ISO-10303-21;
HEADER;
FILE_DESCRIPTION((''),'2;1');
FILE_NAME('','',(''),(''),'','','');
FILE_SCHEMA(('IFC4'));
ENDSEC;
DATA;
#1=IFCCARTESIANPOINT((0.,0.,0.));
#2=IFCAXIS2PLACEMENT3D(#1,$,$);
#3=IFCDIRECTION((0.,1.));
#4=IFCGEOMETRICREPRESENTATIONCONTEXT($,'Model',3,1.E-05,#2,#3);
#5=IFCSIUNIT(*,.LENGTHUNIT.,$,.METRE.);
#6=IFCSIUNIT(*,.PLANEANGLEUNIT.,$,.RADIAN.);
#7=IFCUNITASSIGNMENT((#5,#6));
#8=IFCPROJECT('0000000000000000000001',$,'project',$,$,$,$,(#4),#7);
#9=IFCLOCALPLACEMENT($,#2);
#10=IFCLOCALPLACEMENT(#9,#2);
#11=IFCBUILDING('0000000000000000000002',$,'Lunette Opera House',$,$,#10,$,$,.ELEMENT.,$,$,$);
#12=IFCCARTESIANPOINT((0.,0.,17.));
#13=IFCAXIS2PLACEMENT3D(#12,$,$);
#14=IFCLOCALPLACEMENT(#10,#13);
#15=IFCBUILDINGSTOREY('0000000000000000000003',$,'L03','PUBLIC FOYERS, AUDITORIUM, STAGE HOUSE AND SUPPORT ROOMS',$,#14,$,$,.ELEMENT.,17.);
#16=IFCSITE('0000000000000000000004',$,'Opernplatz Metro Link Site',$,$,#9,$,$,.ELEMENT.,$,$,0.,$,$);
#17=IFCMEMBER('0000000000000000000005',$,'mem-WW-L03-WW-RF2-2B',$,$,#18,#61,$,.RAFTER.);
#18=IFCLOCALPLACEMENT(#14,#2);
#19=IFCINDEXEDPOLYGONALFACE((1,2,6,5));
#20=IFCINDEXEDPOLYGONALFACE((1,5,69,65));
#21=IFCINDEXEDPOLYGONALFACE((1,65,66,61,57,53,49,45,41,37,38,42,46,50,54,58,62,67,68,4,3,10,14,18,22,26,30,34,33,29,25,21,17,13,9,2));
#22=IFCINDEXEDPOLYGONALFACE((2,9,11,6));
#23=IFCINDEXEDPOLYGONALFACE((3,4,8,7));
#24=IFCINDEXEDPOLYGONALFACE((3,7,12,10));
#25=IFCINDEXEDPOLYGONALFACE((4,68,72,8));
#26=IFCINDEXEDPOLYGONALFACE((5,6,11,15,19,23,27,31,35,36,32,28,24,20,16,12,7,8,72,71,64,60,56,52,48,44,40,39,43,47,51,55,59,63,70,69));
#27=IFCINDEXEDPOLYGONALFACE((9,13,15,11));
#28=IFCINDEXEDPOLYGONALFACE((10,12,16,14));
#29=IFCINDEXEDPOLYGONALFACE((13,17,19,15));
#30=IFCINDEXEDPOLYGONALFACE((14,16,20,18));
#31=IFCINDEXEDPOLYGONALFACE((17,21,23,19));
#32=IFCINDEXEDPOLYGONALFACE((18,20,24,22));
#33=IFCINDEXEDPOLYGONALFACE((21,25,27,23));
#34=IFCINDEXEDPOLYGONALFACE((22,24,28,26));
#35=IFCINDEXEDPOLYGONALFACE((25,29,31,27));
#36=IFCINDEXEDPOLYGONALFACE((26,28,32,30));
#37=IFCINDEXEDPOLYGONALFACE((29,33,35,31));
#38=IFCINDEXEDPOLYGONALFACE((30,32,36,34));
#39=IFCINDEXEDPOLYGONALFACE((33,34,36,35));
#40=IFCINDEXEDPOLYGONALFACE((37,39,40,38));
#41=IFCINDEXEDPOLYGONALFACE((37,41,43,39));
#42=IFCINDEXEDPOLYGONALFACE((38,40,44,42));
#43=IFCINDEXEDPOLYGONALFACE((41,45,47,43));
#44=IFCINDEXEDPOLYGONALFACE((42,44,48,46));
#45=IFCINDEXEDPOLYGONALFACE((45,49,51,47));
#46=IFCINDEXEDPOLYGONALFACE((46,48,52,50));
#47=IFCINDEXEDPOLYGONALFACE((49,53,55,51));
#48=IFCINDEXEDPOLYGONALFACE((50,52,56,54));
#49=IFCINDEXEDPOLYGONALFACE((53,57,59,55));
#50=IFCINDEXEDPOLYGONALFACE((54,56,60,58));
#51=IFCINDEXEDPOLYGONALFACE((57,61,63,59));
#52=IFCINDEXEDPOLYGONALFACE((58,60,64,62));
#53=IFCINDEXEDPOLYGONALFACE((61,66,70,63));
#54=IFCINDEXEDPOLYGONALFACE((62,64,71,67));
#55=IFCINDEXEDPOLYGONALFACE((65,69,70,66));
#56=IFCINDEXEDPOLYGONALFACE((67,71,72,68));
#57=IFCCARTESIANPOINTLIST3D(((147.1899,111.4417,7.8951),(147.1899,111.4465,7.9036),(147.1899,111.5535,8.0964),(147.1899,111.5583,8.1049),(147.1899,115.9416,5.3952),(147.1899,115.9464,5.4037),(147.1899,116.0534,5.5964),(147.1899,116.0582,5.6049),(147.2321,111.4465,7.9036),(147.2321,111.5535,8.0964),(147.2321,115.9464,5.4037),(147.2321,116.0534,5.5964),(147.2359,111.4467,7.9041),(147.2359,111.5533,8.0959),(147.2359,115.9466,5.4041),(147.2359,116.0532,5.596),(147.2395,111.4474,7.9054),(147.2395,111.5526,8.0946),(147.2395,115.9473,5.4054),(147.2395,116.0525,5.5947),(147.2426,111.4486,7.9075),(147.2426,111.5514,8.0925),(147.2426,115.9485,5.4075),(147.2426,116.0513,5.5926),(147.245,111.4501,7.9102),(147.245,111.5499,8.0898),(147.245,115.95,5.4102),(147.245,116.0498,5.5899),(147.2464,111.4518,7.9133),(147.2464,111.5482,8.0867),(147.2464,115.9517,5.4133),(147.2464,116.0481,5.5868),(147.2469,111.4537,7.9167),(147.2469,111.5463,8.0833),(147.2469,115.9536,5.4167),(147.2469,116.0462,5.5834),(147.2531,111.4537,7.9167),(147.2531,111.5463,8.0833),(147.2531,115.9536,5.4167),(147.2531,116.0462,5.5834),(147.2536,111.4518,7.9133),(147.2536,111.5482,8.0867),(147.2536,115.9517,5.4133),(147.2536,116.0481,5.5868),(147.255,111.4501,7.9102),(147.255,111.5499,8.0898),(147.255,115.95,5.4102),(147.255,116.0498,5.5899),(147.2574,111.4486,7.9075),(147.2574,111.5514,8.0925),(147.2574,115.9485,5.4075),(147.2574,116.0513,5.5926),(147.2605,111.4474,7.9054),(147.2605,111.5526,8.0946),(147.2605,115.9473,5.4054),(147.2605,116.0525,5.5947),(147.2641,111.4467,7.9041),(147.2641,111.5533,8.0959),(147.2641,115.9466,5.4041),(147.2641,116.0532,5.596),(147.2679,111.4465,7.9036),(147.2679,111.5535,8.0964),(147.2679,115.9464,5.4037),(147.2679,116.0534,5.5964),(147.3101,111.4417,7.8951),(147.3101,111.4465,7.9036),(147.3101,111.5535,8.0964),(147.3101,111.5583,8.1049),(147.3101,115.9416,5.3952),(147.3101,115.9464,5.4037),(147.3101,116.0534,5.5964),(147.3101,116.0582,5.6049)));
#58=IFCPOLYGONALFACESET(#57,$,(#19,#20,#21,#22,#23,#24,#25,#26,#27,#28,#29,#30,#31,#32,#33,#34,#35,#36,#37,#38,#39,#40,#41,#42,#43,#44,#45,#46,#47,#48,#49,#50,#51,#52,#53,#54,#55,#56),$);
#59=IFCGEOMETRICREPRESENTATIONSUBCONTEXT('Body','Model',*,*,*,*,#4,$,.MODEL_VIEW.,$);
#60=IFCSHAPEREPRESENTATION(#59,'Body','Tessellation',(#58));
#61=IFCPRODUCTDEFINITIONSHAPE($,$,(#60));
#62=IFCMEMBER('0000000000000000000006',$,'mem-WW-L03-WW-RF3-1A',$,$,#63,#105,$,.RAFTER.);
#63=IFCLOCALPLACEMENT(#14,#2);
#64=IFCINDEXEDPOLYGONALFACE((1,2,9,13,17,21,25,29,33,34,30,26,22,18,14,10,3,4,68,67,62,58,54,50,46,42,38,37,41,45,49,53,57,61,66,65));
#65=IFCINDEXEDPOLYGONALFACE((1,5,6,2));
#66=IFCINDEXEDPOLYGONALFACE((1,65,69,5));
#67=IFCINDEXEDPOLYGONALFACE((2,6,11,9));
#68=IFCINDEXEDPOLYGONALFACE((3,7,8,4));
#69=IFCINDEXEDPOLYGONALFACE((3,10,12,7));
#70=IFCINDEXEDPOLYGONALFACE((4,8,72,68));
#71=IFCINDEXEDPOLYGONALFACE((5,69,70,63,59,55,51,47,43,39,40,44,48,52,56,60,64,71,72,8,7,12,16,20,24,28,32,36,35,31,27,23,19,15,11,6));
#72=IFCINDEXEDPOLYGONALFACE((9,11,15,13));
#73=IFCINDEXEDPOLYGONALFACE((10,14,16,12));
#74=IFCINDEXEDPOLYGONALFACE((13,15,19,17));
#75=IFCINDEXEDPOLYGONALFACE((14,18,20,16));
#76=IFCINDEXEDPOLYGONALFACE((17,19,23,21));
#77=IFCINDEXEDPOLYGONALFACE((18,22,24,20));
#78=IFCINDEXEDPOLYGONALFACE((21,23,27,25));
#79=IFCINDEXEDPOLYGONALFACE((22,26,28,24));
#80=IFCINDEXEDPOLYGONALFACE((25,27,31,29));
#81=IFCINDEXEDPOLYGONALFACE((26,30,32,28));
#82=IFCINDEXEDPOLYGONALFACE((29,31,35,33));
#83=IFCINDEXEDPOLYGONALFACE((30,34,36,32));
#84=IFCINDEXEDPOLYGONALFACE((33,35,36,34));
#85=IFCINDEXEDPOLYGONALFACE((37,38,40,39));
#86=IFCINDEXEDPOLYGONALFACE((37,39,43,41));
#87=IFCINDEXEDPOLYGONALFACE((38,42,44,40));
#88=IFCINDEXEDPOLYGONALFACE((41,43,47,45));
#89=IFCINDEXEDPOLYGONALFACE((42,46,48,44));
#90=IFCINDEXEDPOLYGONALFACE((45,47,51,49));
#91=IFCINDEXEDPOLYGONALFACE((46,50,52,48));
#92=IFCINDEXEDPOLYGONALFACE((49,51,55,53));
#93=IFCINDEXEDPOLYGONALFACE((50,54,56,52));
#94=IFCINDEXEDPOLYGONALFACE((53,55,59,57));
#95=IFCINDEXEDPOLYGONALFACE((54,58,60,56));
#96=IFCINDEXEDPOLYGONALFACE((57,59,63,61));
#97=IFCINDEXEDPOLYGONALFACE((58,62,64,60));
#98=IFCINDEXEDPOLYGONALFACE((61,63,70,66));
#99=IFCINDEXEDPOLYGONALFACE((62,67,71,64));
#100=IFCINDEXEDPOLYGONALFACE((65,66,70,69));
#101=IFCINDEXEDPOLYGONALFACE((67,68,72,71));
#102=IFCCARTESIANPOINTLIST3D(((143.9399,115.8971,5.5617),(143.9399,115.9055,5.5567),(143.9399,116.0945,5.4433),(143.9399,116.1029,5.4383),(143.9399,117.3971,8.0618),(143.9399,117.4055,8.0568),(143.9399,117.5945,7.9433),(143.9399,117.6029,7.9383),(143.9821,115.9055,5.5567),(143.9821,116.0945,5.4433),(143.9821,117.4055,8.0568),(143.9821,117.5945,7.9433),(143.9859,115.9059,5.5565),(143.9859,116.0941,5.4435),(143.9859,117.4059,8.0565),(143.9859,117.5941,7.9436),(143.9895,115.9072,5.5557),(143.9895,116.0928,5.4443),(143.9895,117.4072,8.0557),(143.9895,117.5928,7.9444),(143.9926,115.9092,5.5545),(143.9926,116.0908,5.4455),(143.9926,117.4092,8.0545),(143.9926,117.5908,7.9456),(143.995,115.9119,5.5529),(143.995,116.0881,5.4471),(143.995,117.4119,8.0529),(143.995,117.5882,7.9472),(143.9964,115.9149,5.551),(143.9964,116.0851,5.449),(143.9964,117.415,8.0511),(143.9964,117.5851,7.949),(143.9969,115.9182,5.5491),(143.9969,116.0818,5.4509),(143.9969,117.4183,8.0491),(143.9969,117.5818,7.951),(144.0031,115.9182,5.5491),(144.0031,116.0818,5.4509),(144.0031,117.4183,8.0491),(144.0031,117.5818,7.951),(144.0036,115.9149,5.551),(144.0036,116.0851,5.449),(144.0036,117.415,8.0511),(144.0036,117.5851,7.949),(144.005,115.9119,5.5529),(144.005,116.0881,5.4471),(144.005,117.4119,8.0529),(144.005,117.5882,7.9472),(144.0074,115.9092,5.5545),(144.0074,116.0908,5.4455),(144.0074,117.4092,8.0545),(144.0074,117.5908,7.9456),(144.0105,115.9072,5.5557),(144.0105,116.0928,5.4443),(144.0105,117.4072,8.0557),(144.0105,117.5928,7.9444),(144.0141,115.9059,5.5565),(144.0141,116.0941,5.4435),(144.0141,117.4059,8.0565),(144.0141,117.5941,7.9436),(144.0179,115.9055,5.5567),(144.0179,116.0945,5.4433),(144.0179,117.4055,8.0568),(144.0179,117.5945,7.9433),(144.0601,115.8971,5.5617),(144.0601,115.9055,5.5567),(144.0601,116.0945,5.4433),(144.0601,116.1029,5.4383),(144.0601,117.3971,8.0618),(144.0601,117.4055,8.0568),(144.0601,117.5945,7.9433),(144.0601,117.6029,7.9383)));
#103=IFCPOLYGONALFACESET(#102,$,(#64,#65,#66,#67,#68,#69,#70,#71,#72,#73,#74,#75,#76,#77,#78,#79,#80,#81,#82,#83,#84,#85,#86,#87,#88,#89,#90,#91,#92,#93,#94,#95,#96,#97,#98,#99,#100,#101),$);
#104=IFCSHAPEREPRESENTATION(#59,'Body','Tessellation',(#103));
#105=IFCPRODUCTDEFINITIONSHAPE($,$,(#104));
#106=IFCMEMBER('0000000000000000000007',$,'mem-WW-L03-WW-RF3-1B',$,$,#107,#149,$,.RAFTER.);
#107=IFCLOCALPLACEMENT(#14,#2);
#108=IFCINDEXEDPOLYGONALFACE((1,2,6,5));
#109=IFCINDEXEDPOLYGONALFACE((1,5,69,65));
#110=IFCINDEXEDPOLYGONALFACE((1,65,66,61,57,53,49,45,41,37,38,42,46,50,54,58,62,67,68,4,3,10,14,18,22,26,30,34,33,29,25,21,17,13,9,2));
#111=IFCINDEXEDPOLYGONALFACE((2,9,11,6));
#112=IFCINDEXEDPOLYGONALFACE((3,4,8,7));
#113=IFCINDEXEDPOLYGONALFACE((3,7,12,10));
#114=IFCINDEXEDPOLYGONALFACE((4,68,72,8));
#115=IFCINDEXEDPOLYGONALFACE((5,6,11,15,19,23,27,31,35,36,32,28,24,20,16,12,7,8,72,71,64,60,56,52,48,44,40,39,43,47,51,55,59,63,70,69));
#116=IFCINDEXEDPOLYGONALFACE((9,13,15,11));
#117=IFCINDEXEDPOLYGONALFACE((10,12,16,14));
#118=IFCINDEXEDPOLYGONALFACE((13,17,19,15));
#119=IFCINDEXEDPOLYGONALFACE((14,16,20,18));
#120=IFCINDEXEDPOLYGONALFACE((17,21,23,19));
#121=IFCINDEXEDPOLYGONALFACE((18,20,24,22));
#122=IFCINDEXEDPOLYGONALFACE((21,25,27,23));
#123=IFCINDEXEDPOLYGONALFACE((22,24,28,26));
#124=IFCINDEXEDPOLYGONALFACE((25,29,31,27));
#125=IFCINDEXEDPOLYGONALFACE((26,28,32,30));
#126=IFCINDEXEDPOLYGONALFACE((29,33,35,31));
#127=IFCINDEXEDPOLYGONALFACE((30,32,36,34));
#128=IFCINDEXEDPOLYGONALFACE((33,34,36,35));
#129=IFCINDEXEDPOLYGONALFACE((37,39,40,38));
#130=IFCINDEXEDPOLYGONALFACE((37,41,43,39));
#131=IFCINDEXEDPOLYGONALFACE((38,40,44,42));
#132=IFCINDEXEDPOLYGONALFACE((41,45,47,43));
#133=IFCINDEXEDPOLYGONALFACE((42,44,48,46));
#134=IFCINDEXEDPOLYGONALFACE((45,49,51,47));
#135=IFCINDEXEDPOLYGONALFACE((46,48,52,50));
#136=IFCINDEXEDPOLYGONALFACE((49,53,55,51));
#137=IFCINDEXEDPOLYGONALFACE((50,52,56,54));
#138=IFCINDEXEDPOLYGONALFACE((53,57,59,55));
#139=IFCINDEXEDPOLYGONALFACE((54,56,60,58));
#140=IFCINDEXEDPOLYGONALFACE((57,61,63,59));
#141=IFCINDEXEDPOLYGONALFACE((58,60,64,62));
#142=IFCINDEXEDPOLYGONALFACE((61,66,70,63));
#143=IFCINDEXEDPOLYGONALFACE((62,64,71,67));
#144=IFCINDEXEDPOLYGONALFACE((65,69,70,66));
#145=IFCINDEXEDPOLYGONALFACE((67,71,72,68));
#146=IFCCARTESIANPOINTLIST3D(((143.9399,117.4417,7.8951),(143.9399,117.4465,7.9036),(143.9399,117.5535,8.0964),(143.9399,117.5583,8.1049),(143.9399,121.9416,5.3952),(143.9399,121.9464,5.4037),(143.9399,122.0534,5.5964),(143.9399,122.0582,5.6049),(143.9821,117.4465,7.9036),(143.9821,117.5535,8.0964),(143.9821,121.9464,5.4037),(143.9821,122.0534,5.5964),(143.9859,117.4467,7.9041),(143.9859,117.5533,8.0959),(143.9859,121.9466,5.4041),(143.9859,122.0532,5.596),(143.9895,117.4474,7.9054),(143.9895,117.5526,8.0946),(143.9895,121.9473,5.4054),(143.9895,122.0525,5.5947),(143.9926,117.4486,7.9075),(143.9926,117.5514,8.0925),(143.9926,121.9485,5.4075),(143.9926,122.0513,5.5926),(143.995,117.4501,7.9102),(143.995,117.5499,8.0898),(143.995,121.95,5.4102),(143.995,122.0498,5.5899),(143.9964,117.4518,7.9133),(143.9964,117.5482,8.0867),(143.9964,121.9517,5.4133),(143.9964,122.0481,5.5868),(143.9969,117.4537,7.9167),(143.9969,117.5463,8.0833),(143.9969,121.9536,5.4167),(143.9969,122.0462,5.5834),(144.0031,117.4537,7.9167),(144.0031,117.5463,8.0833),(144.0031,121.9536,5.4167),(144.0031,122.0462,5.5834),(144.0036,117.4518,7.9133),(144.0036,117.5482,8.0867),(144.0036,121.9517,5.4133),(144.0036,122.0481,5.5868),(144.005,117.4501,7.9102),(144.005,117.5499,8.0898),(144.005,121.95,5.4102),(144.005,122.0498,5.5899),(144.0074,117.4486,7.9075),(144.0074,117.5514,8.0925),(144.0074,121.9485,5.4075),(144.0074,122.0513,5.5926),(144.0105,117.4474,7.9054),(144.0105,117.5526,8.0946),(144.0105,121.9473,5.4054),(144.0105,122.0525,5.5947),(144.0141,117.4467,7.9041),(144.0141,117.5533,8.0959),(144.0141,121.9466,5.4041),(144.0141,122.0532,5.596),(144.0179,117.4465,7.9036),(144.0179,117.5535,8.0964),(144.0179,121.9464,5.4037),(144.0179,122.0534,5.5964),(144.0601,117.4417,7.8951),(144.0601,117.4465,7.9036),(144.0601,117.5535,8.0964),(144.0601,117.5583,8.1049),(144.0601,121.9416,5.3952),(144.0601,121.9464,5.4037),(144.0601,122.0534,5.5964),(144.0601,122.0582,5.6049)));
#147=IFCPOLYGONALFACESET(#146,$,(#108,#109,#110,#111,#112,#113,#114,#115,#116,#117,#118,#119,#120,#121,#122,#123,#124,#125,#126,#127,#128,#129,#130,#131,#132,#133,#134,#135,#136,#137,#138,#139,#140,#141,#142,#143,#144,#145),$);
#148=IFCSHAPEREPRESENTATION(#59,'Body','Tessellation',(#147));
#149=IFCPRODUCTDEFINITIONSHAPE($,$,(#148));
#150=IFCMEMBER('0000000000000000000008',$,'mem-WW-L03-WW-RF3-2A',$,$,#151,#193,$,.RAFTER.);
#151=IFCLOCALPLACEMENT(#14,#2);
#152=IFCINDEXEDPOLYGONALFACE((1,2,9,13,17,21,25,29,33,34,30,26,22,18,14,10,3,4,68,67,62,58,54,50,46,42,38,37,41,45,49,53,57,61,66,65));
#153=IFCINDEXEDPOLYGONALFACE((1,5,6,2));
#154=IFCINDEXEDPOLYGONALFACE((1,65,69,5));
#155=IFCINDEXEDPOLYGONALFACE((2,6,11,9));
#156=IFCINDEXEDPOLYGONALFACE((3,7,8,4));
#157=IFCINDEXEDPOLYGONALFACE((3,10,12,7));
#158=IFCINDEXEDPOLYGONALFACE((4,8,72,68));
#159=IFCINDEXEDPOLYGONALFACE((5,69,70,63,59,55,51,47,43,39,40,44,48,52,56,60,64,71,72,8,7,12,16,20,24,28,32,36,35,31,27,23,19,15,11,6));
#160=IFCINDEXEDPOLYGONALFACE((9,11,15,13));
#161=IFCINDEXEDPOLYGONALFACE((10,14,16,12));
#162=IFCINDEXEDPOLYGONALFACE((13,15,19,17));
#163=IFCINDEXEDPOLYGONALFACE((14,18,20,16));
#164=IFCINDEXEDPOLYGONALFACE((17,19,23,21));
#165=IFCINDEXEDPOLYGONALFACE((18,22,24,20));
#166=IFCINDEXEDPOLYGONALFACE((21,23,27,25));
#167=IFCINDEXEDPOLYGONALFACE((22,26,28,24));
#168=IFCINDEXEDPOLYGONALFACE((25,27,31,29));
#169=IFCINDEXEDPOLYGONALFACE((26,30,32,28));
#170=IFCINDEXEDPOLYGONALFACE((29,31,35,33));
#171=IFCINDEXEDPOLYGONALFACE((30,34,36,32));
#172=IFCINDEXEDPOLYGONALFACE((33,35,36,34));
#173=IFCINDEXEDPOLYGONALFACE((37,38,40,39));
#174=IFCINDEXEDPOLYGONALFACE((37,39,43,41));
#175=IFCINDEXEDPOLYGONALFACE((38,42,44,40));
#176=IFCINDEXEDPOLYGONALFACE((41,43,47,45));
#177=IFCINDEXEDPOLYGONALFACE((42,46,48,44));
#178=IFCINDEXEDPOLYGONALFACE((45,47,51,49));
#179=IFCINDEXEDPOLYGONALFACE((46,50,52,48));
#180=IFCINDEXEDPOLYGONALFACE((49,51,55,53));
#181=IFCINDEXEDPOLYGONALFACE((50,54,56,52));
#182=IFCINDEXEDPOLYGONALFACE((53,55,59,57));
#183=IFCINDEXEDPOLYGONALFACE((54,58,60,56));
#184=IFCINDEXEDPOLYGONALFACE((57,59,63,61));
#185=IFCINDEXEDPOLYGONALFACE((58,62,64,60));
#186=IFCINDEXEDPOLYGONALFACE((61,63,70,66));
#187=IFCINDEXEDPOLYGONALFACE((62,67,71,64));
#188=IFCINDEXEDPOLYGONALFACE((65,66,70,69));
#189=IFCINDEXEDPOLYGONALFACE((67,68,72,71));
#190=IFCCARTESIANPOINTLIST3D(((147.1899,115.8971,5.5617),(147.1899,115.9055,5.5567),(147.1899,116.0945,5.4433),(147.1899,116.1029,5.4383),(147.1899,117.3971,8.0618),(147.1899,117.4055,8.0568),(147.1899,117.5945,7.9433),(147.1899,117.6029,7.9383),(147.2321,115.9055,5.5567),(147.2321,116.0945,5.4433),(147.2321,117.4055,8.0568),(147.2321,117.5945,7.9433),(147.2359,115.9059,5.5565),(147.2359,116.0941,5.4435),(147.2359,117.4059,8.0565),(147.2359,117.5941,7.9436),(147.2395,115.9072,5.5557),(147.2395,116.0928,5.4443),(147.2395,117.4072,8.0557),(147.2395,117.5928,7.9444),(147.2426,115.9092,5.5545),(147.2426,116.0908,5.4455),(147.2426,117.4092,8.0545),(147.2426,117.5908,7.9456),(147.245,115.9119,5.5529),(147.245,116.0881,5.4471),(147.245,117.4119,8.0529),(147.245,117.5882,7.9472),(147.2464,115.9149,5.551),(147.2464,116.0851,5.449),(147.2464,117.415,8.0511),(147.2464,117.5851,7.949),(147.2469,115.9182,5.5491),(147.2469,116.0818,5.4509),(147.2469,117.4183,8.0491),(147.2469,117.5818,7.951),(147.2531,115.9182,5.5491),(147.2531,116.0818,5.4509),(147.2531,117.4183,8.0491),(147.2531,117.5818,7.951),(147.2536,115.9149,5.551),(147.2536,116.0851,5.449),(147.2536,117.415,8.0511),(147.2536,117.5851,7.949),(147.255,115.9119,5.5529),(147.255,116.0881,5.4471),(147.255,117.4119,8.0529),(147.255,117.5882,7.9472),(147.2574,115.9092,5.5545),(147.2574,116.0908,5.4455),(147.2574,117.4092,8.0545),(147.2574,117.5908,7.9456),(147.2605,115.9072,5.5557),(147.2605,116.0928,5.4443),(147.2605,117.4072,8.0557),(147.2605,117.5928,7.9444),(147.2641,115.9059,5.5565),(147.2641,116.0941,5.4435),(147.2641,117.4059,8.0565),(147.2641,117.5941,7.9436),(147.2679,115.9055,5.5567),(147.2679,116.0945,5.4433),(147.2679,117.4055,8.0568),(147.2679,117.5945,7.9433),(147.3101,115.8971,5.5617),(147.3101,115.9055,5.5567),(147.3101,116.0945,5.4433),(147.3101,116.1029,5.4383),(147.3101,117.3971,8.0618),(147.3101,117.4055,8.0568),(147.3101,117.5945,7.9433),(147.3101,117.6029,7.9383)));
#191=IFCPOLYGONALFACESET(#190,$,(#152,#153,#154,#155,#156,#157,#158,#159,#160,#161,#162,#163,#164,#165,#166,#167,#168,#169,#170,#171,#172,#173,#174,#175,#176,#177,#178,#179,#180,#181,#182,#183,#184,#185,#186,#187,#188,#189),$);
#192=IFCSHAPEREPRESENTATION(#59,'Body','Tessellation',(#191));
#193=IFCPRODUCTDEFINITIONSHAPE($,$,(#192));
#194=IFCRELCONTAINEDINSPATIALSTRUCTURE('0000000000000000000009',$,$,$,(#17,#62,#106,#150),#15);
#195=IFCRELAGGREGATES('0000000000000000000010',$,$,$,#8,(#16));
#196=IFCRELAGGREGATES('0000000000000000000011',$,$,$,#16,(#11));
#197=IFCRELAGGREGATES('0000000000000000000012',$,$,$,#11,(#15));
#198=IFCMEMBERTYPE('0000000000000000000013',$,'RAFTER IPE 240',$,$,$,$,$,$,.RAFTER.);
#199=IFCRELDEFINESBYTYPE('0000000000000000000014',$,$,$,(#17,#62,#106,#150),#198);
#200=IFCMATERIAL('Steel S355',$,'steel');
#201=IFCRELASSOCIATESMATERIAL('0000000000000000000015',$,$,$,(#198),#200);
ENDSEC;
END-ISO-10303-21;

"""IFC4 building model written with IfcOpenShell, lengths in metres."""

from ifc_helpers import new_model, si_unit, direction, frame, origin, origin_2d, place, context, subcontext, project, spatial, i_section, extrude, material, material_profile, profile_set, type_object, element, save


model = new_model("IFC4")

# Units and contexts
model_context = context("Model", 3, precision=1e-05, world=origin(), true_north=direction((0.0, 1.0)))
body_context = subcontext(model_context, "Body", "Model", "MODEL_VIEW")
ifc_project = project(units=[si_unit("LENGTHUNIT", "METRE"), si_unit("PLANEANGLEUNIT", "RADIAN")], contexts=[model_context])

# Site, building, storey
site_placement = place(None, origin())
site = spatial("IfcSite", under=ifc_project, at=site_placement, Name="Opernplatz Metro Link Site", CompositionType="ELEMENT", RefElevation=0.0)
building_placement = place(site_placement, origin())
building = spatial("IfcBuilding", under=site, at=building_placement, Name="Lunette Opera House", CompositionType="ELEMENT")
storey_placement = place(building_placement, frame((0.0, 0.0, 17.0)))
storey = spatial("IfcBuildingStorey", under=building, at=storey_placement, Name="L03", Description="PUBLIC FOYERS, AUDITORIUM, STAGE HOUSE AND SUPPORT ROOMS", CompositionType="ELEMENT", Elevation=17.0)

# Members
ifc_material_1 = material(Name="Steel S355", Category="steel")
ifc_material_profile_1 = material_profile(ifc_material_1, i_section(OverallWidth=0.1201, OverallDepth=0.24, WebThickness=0.0061, FlangeThickness=0.0098, FilletRadius=0.0149, at=origin_2d()), Name="IPE 240")
ifc_profile_set_1 = profile_set([ifc_material_profile_1], Name="Steel S355")
member_type_1 = type_object("IfcMemberType", Name="RAFTER IPE 240", PredefinedType="RAFTER", material=ifc_profile_set_1)
for number, where, z_axis, x_axis, name in (
    (1, (147.25, 111.5, 8.0), (0.0, 0.874157, -0.485643), (-1.0, 0.0, 0.0), "mem-WW-L03-WW-RF2-2B"),
):
    element("IfcMember", number, at=place(storey_placement, frame(where, z_axis=z_axis, x_axis=x_axis)), inside=storey, type_object=member_type_1, Name=name, PredefinedType="RAFTER", context=body_context, shape_type="SweptSolid", body=[
        extrude(i_section(OverallWidth=0.1201, OverallDepth=0.24, WebThickness=0.0061, FlangeThickness=0.0098, FilletRadius=0.0149, at=origin_2d()), origin(), (0.0, 0.0, 1.0), 5.1477),
    ])
member_1_placement = place(storey_placement, frame((144.0, 116.0, 5.5), z_axis=(0.0, 0.514496, 0.857493), x_axis=(-1.0, 0.0, 0.0)))
element("IfcMember", 2, at=member_1_placement, inside=storey, type_object=member_type_1, Name="mem-WW-L03-WW-RF3-1A", PredefinedType="RAFTER", context=body_context, shape_type="SweptSolid", body=[
    extrude(i_section(OverallWidth=0.1201, OverallDepth=0.24, WebThickness=0.0061, FlangeThickness=0.0098, FilletRadius=0.0149, at=origin_2d()), origin(), (0.0, 0.0, 1.0), 2.9155),
])
member_2_placement = place(storey_placement, frame((144.0, 117.5, 8.0), z_axis=(0.0, 0.874157, -0.485643), x_axis=(-1.0, 0.0, 0.0)))
element("IfcMember", 3, at=member_2_placement, inside=storey, type_object=member_type_1, Name="mem-WW-L03-WW-RF3-1B", PredefinedType="RAFTER", context=body_context, shape_type="SweptSolid", body=[
    extrude(i_section(OverallWidth=0.1201, OverallDepth=0.24, WebThickness=0.0061, FlangeThickness=0.0098, FilletRadius=0.0149, at=origin_2d()), origin(), (0.0, 0.0, 1.0), 5.1477),
])
member_3_placement = place(storey_placement, frame((147.25, 116.0, 5.5), z_axis=(0.0, 0.514496, 0.857493), x_axis=(-1.0, 0.0, 0.0)))
element("IfcMember", 4, at=member_3_placement, inside=storey, type_object=member_type_1, Name="mem-WW-L03-WW-RF3-2A", PredefinedType="RAFTER", context=body_context, shape_type="SweptSolid", body=[
    extrude(i_section(OverallWidth=0.1201, OverallDepth=0.24, WebThickness=0.0061, FlangeThickness=0.0098, FilletRadius=0.0149, at=origin_2d()), origin(), (0.0, 0.0, 1.0), 2.9155),
])

save(model, "model.ifc")
